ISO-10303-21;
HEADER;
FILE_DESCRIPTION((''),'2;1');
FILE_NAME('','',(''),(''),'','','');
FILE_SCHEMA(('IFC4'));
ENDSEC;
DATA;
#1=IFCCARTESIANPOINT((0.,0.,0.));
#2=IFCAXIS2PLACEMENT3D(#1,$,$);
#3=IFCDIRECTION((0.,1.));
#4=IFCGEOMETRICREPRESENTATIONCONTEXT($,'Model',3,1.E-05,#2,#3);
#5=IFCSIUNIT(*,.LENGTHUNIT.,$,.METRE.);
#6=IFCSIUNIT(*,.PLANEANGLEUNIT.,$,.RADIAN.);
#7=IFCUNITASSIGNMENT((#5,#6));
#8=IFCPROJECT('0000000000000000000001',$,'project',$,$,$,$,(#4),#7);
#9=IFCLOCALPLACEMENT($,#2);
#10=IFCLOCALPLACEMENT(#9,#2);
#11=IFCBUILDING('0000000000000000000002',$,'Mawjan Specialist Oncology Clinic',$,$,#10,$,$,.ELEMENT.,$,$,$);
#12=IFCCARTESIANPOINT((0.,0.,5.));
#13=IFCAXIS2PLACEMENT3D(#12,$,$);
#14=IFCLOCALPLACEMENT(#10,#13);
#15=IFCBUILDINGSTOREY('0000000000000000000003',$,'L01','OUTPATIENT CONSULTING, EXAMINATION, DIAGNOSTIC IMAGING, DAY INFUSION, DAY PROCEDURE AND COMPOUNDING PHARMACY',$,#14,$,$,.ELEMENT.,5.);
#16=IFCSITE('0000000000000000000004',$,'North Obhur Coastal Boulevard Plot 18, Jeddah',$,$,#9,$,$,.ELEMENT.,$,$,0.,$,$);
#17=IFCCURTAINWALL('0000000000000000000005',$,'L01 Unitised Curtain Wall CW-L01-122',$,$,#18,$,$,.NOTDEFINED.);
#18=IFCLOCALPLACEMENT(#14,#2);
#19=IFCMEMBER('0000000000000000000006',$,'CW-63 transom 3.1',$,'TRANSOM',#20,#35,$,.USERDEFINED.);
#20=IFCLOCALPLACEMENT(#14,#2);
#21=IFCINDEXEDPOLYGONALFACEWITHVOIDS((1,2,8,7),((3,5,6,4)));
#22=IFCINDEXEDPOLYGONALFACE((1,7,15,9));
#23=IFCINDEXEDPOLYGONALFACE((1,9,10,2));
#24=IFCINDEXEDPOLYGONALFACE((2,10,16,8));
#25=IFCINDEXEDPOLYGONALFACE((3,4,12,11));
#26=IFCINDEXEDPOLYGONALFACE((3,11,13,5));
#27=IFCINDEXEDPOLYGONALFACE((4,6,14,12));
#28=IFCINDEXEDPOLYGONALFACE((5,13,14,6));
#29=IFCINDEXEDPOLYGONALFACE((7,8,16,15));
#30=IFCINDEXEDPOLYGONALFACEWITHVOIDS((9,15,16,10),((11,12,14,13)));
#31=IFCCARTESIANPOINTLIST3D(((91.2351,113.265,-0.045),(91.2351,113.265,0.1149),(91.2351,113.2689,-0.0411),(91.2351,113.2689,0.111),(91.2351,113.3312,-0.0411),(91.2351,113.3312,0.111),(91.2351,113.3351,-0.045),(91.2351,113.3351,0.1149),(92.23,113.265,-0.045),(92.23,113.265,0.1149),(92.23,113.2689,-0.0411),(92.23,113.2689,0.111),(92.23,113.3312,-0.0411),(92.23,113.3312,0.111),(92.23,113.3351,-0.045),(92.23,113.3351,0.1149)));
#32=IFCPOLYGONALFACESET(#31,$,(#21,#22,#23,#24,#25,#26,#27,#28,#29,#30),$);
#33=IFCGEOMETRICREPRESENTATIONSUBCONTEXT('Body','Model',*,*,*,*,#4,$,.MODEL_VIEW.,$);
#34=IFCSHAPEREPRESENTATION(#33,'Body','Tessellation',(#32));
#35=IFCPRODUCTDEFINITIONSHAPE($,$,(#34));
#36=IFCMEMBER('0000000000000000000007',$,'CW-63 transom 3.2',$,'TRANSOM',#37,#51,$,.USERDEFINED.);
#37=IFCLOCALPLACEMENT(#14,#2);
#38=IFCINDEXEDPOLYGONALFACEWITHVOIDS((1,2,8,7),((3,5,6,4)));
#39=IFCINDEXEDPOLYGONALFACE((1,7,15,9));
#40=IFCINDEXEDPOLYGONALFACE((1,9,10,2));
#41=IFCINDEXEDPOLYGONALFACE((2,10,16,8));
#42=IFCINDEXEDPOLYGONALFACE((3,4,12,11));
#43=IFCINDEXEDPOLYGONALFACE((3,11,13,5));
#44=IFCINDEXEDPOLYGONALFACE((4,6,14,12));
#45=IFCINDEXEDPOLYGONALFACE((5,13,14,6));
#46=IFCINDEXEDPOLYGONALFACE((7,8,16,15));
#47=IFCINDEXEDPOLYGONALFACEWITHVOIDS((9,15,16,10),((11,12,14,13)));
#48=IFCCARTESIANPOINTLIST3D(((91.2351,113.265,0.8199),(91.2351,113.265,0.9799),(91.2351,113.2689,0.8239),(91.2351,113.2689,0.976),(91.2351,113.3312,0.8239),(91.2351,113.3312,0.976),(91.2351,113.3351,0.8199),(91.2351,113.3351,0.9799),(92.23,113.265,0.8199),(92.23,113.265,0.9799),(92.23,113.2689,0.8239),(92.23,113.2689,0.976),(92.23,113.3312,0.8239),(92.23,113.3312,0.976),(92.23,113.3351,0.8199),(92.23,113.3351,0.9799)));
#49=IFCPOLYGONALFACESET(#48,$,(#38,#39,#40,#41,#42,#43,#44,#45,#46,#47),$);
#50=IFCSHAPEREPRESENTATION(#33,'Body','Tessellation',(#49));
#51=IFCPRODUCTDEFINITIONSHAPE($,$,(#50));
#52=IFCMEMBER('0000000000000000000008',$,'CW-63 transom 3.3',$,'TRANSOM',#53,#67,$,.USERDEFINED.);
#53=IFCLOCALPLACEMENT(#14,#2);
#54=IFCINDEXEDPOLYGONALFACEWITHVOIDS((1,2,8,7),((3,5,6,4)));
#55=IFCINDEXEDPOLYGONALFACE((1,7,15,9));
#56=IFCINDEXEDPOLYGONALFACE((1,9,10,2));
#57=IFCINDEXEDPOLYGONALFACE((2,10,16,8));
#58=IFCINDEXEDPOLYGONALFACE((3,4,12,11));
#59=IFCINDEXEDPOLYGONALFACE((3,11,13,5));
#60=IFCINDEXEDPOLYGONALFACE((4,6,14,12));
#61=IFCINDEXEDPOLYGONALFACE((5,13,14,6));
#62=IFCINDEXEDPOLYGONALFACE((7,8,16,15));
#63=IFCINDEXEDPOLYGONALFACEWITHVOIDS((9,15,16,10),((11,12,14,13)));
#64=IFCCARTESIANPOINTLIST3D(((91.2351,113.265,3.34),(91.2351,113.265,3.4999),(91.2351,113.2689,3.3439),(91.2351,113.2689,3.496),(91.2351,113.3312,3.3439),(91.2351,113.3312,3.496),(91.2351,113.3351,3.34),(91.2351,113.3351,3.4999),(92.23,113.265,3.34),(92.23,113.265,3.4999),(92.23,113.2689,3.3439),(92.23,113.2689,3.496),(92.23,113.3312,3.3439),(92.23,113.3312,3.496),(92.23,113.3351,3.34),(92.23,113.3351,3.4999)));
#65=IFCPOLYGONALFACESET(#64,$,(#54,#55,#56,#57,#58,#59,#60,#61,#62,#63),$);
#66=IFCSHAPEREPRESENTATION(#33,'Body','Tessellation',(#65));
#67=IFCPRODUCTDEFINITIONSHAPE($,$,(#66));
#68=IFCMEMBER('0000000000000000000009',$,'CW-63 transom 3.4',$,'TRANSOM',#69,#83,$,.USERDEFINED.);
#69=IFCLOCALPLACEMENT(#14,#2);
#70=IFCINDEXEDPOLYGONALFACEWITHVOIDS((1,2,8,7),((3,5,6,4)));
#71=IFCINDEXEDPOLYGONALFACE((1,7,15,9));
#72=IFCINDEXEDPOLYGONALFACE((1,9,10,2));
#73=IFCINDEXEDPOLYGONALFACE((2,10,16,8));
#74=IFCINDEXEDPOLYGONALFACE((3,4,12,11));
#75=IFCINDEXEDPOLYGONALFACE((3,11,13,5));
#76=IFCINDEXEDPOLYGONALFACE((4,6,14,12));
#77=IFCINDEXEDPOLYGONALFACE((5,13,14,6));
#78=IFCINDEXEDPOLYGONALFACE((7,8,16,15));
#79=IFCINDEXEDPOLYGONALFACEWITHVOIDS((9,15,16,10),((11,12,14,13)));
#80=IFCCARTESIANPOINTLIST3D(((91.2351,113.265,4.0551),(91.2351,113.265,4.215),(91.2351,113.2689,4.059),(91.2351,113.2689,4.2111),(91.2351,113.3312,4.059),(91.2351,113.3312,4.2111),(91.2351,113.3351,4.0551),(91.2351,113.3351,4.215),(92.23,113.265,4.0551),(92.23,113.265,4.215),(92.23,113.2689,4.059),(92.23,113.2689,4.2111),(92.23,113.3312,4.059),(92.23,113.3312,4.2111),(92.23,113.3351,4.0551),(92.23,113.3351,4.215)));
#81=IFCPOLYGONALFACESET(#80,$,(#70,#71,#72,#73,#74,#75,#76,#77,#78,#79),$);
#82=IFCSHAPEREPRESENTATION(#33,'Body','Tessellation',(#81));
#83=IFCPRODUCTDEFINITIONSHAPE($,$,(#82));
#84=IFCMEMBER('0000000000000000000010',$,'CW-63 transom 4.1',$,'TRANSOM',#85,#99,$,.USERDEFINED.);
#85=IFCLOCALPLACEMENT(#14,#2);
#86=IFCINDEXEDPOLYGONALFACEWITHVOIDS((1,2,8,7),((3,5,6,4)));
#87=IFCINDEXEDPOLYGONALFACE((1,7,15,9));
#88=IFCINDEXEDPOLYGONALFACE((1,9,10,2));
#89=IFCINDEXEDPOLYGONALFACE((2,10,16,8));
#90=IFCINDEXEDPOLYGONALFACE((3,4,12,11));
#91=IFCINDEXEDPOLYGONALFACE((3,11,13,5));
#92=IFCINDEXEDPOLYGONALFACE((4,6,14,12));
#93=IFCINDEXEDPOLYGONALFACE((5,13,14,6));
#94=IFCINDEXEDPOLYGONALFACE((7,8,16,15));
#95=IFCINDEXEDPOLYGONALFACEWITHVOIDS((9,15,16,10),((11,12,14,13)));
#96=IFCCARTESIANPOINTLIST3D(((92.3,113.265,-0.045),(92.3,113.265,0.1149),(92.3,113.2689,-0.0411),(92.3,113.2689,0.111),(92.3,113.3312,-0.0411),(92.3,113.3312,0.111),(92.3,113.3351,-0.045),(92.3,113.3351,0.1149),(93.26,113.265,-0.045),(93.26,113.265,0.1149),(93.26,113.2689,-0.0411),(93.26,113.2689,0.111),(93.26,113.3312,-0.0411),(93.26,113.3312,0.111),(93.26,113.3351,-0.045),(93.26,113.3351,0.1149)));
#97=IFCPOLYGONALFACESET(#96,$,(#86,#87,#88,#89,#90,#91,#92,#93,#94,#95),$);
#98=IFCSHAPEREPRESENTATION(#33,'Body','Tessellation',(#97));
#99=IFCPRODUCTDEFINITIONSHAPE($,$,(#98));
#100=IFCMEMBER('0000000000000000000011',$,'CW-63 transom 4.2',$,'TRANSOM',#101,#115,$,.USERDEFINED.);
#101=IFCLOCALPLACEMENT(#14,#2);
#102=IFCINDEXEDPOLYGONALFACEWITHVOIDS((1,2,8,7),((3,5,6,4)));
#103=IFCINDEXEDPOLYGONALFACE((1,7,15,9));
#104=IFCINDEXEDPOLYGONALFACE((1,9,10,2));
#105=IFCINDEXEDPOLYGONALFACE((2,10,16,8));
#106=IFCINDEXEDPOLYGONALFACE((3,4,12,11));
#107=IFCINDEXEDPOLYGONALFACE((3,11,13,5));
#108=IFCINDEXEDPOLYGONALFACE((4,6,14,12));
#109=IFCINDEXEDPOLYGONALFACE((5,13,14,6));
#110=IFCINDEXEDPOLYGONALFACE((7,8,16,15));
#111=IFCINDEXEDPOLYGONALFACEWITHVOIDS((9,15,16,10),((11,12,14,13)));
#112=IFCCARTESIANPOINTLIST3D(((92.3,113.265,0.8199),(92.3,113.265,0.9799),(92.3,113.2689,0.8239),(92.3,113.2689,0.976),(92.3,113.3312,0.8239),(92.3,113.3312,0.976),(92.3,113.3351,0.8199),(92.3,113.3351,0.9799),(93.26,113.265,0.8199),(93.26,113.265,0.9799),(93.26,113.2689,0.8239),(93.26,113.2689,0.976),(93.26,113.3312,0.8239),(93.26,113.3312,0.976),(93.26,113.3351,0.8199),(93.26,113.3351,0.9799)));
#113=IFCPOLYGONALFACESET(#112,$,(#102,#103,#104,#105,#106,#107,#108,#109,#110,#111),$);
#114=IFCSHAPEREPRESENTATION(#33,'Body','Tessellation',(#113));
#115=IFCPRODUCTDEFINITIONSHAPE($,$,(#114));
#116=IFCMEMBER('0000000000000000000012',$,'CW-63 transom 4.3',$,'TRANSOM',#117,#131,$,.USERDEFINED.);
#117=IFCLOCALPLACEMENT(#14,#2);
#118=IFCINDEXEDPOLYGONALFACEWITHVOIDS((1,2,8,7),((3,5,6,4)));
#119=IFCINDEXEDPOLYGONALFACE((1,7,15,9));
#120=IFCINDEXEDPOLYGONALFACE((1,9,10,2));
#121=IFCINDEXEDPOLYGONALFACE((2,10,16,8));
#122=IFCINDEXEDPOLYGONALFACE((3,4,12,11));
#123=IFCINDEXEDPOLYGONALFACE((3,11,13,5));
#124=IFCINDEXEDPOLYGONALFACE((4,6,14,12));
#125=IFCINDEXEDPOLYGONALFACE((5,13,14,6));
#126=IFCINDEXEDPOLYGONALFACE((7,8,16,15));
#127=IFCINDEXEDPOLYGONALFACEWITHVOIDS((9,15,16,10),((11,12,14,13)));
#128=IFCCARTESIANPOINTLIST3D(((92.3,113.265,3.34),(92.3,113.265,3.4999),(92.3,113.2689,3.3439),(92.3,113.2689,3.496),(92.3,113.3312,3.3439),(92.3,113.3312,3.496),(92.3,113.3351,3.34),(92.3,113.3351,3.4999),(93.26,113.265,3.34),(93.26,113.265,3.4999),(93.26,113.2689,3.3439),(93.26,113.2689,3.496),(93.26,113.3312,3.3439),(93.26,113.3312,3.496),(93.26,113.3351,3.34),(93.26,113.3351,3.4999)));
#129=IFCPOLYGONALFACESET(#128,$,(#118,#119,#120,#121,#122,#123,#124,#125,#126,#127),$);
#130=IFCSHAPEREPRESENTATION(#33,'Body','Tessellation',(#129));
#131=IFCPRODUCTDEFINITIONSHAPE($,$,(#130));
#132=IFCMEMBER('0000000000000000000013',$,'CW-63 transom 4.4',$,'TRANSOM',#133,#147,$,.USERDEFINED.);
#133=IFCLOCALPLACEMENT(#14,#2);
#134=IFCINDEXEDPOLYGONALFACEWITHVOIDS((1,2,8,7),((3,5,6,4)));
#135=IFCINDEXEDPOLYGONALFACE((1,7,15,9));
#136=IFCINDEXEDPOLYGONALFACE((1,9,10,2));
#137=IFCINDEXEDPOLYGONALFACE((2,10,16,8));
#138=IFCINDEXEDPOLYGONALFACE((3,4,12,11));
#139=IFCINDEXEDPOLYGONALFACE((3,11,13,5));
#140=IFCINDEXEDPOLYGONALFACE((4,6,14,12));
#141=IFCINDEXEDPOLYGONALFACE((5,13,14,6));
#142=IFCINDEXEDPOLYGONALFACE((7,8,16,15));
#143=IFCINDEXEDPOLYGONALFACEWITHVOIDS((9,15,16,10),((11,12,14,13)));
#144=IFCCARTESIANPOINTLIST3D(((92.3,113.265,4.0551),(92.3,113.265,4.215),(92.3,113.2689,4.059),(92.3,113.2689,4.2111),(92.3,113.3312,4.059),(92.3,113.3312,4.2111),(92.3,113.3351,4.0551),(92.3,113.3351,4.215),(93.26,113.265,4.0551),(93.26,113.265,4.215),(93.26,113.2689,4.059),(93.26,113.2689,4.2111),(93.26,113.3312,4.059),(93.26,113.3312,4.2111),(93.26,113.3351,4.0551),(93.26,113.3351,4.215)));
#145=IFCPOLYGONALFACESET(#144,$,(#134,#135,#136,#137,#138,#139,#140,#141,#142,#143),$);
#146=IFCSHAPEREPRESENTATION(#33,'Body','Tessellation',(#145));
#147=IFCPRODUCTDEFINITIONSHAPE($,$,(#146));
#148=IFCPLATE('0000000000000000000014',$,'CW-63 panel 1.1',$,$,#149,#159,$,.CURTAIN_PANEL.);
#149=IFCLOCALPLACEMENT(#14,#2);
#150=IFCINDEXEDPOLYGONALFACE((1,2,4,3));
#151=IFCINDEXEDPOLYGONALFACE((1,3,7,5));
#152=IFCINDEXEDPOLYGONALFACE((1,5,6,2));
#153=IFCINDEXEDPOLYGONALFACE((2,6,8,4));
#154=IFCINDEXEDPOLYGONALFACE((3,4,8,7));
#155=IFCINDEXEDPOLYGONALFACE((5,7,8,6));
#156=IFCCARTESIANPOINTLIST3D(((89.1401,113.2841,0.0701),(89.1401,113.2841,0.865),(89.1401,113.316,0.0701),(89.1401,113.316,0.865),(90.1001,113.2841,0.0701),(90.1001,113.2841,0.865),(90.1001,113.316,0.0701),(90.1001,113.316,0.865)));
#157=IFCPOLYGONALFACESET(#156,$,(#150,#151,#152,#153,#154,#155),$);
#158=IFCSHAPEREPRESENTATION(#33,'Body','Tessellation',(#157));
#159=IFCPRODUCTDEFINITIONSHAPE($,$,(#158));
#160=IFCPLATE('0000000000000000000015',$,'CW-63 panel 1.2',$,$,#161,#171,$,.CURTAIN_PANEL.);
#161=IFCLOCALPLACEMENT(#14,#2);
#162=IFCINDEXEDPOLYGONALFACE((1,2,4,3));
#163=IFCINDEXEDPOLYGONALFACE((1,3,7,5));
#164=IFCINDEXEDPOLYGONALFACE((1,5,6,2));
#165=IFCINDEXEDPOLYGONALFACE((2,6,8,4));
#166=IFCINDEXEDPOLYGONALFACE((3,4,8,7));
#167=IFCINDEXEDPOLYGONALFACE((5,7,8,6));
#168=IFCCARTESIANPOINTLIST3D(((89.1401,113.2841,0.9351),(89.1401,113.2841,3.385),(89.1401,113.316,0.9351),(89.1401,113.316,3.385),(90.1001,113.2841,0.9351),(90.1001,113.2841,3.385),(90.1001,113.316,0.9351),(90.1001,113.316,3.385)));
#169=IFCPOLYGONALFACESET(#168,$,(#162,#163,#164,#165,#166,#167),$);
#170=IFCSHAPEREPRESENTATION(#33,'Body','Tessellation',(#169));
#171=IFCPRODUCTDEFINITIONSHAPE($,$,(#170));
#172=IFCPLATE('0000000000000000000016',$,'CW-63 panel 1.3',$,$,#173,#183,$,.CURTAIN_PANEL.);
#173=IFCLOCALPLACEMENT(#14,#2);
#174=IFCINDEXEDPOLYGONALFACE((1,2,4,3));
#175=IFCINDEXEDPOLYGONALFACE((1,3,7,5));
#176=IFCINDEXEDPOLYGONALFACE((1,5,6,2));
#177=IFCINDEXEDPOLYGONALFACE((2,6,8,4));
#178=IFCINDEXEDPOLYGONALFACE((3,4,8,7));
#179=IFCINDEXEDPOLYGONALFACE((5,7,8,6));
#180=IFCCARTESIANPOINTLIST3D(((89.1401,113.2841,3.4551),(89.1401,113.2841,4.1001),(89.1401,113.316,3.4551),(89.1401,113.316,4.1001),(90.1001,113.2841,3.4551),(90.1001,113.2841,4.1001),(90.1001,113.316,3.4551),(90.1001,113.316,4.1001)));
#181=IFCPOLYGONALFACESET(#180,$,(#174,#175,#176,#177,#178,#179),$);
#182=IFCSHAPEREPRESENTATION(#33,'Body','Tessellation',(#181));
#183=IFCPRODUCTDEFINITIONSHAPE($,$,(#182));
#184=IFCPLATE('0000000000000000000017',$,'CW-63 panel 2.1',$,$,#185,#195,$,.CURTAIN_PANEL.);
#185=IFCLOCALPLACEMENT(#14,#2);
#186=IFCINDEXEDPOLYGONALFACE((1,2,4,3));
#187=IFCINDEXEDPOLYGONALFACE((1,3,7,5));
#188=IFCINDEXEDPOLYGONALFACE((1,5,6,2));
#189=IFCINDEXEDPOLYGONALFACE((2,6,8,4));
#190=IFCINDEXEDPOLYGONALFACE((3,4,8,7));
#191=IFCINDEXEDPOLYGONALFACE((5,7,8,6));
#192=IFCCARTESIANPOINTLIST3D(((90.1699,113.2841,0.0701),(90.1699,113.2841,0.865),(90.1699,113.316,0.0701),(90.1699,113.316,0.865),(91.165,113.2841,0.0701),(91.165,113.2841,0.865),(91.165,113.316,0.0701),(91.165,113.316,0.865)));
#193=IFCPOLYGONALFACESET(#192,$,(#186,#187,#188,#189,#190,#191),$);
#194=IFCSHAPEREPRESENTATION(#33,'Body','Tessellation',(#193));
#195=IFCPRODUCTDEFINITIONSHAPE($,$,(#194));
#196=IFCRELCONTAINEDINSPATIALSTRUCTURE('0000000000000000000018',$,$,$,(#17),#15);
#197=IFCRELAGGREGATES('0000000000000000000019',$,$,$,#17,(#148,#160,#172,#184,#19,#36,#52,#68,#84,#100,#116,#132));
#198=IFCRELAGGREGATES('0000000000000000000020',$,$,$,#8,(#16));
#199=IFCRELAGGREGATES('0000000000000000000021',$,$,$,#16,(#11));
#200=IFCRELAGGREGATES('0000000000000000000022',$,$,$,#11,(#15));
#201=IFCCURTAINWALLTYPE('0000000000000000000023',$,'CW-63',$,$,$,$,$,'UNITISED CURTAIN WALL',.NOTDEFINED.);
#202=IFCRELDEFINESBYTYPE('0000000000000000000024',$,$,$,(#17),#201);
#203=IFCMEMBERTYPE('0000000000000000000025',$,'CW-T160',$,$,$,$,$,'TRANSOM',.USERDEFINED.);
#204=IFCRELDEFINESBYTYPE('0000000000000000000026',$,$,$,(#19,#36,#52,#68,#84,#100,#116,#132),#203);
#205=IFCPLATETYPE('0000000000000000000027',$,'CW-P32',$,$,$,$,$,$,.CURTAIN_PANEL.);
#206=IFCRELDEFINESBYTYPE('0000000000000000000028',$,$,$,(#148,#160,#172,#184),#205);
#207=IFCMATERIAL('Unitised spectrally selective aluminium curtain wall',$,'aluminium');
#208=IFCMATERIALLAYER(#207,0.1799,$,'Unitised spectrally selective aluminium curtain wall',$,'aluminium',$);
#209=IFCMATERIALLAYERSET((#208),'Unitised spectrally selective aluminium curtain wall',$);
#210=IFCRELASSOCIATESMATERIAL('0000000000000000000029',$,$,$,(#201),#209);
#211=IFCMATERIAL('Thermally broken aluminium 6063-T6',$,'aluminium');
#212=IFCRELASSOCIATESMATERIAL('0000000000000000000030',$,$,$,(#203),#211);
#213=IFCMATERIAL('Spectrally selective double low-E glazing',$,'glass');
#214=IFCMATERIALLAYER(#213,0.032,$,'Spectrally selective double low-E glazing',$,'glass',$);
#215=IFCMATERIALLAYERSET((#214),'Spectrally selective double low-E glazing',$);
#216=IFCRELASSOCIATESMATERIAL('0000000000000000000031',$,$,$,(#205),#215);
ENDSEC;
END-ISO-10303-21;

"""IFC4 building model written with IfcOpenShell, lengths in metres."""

from ifc_helpers import new_model, si_unit, direction, frame, origin, origin_2d, place, context, subcontext, project, spatial, rectangle, hollow_rectangle, extrude, material, layer, layer_set, material_profile, profile_set, type_object, element, aggregate, save


model = new_model("IFC4")

# Units and contexts
model_context = context("Model", 3, precision=1e-05, world=origin(), true_north=direction((0.0, 1.0)))
body_context = subcontext(model_context, "Body", "Model", "MODEL_VIEW")
ifc_project = project(units=[si_unit("LENGTHUNIT", "METRE"), si_unit("PLANEANGLEUNIT", "RADIAN")], contexts=[model_context])

# Site, building, storey
site_placement = place(None, origin())
site = spatial("IfcSite", under=ifc_project, at=site_placement, Name="North Obhur Coastal Boulevard Plot 18, Jeddah", CompositionType="ELEMENT", RefElevation=0.0)
building_placement = place(site_placement, origin())
building = spatial("IfcBuilding", under=site, at=building_placement, Name="Mawjan Specialist Oncology Clinic", CompositionType="ELEMENT")
storey_placement = place(building_placement, frame((0.0, 0.0, 5.0)))
storey = spatial("IfcBuildingStorey", under=building, at=storey_placement, Name="L01", Description="OUTPATIENT CONSULTING, EXAMINATION, DIAGNOSTIC IMAGING, DAY INFUSION, DAY PROCEDURE AND COMPOUNDING PHARMACY", CompositionType="ELEMENT", Elevation=5.0)

# Curtain wall, members, plates
ifc_material_1 = material(Name="Unitised spectrally selective aluminium curtain wall", Category="aluminium")
ifc_layer_1 = layer(ifc_material_1, 0.1799, Name="Unitised spectrally selective aluminium curtain wall", Category="aluminium")
ifc_layer_set_1 = layer_set([ifc_layer_1], Name="Unitised spectrally selective aluminium curtain wall")
curtain_wall_type = type_object("IfcCurtainWallType", Name="CW-63", ElementType="UNITISED CURTAIN WALL", PredefinedType="NOTDEFINED", material=ifc_layer_set_1)
curtain_wall_placement = place(storey_placement, origin())
curtain_wall = element("IfcCurtainWall", 1, at=curtain_wall_placement, inside=storey, type_object=curtain_wall_type, Name="L01 Unitised Curtain Wall CW-L01-122", PredefinedType="NOTDEFINED")
ifc_material_2 = material(Name="Thermally broken aluminium 6063-T6", Category="aluminium")
ifc_material_profile_1 = material_profile(ifc_material_2, hollow_rectangle(XDim=0.0701, YDim=0.1599, WallThickness=0.0039, at=origin_2d()), Name="ALU TRANSOM 160x70x4", Category="aluminium")
ifc_profile_set_1 = profile_set([ifc_material_profile_1], Name="Thermally broken aluminium 6063-T6")
member_type_1 = type_object("IfcMemberType", Name="CW-T160", ElementType="TRANSOM", PredefinedType="USERDEFINED", material=ifc_profile_set_1)
member_1_placement = place(storey_placement, frame((91.2351, 113.3, 0.0349), z_axis=(1.0, 0.0, 0.0), x_axis=(0.0, 1.0, 0.0)))
member_1 = element("IfcMember", 2, at=member_1_placement, type_object=member_type_1, Name="CW-63 transom 3.1", ObjectType="TRANSOM", PredefinedType="USERDEFINED", context=body_context, shape_type="SweptSolid", body=[
    extrude(hollow_rectangle(XDim=0.0701, YDim=0.1599, WallThickness=0.0039, at=origin_2d()), origin(), (0.0, 0.0, 1.0), 0.9949),
])
member_2_placement = place(storey_placement, frame((91.2351, 113.3, 0.8999), z_axis=(1.0, 0.0, 0.0), x_axis=(0.0, 1.0, 0.0)))
member_2 = element("IfcMember", 3, at=member_2_placement, type_object=member_type_1, Name="CW-63 transom 3.2", ObjectType="TRANSOM", PredefinedType="USERDEFINED", context=body_context, shape_type="SweptSolid", body=[
    extrude(hollow_rectangle(XDim=0.0701, YDim=0.1599, WallThickness=0.0039, at=origin_2d()), origin(), (0.0, 0.0, 1.0), 0.9949),
])
member_3_placement = place(storey_placement, frame((91.2351, 113.3, 3.4199), z_axis=(1.0, 0.0, 0.0), x_axis=(0.0, 1.0, 0.0)))
member_3 = element("IfcMember", 4, at=member_3_placement, type_object=member_type_1, Name="CW-63 transom 3.3", ObjectType="TRANSOM", PredefinedType="USERDEFINED", context=body_context, shape_type="SweptSolid", body=[
    extrude(hollow_rectangle(XDim=0.0701, YDim=0.1599, WallThickness=0.0039, at=origin_2d()), origin(), (0.0, 0.0, 1.0), 0.9949),
])
member_4_placement = place(storey_placement, frame((91.2351, 113.3, 4.135), z_axis=(1.0, 0.0, 0.0), x_axis=(0.0, 1.0, 0.0)))
member_4 = element("IfcMember", 5, at=member_4_placement, type_object=member_type_1, Name="CW-63 transom 3.4", ObjectType="TRANSOM", PredefinedType="USERDEFINED", context=body_context, shape_type="SweptSolid", body=[
    extrude(hollow_rectangle(XDim=0.0701, YDim=0.1599, WallThickness=0.0039, at=origin_2d()), origin(), (0.0, 0.0, 1.0), 0.9949),
])
member_5_placement = place(storey_placement, frame((92.3, 113.3, 0.0349), z_axis=(1.0, 0.0, 0.0), x_axis=(0.0, 1.0, 0.0)))
member_5 = element("IfcMember", 6, at=member_5_placement, type_object=member_type_1, Name="CW-63 transom 4.1", ObjectType="TRANSOM", PredefinedType="USERDEFINED", context=body_context, shape_type="SweptSolid", body=[
    extrude(hollow_rectangle(XDim=0.0701, YDim=0.1599, WallThickness=0.0039, at=origin_2d()), origin(), (0.0, 0.0, 1.0), 0.96),
])
member_6_placement = place(storey_placement, frame((92.3, 113.3, 0.8999), z_axis=(1.0, 0.0, 0.0), x_axis=(0.0, 1.0, 0.0)))
member_6 = element("IfcMember", 7, at=member_6_placement, type_object=member_type_1, Name="CW-63 transom 4.2", ObjectType="TRANSOM", PredefinedType="USERDEFINED", context=body_context, shape_type="SweptSolid", body=[
    extrude(hollow_rectangle(XDim=0.0701, YDim=0.1599, WallThickness=0.0039, at=origin_2d()), origin(), (0.0, 0.0, 1.0), 0.96),
])
member_7_placement = place(storey_placement, frame((92.3, 113.3, 3.4199), z_axis=(1.0, 0.0, 0.0), x_axis=(0.0, 1.0, 0.0)))
member_7 = element("IfcMember", 8, at=member_7_placement, type_object=member_type_1, Name="CW-63 transom 4.3", ObjectType="TRANSOM", PredefinedType="USERDEFINED", context=body_context, shape_type="SweptSolid", body=[
    extrude(hollow_rectangle(XDim=0.0701, YDim=0.1599, WallThickness=0.0039, at=origin_2d()), origin(), (0.0, 0.0, 1.0), 0.96),
])
member_8_placement = place(storey_placement, frame((92.3, 113.3, 4.135), z_axis=(1.0, 0.0, 0.0), x_axis=(0.0, 1.0, 0.0)))
member_8 = element("IfcMember", 9, at=member_8_placement, type_object=member_type_1, Name="CW-63 transom 4.4", ObjectType="TRANSOM", PredefinedType="USERDEFINED", context=body_context, shape_type="SweptSolid", body=[
    extrude(hollow_rectangle(XDim=0.0701, YDim=0.1599, WallThickness=0.0039, at=origin_2d()), origin(), (0.0, 0.0, 1.0), 0.96),
])
ifc_material_3 = material(Name="Spectrally selective double low-E glazing", Category="glass")
ifc_layer_2 = layer(ifc_material_3, 0.032, Name="Spectrally selective double low-E glazing", Category="glass")
ifc_layer_set_2 = layer_set([ifc_layer_2], Name="Spectrally selective double low-E glazing")
plate_type = type_object("IfcPlateType", Name="CW-P32", PredefinedType="CURTAIN_PANEL", material=ifc_layer_set_2)
plate_1_placement = place(storey_placement, frame((89.6201, 113.3, 0.0701), z_axis=(0.0, 0.0, 1.0), x_axis=(1.0, 0.0, 0.0)))
plate_1 = element("IfcPlate", 10, at=plate_1_placement, type_object=plate_type, Name="CW-63 panel 1.1", PredefinedType="CURTAIN_PANEL", context=body_context, shape_type="SweptSolid", body=[
    extrude(rectangle(XDim=0.96, YDim=0.032, at=origin_2d()), origin(), (0.0, 0.0, 1.0), 0.7949),
])
plate_2_placement = place(storey_placement, frame((89.6201, 113.3, 0.9351), z_axis=(0.0, 0.0, 1.0), x_axis=(1.0, 0.0, 0.0)))
plate_2 = element("IfcPlate", 11, at=plate_2_placement, type_object=plate_type, Name="CW-63 panel 1.2", PredefinedType="CURTAIN_PANEL", context=body_context, shape_type="SweptSolid", body=[
    extrude(rectangle(XDim=0.96, YDim=0.032, at=origin_2d()), origin(), (0.0, 0.0, 1.0), 2.45),
])
plate_3_placement = place(storey_placement, frame((89.6201, 113.3, 3.4551), z_axis=(0.0, 0.0, 1.0), x_axis=(1.0, 0.0, 0.0)))
plate_3 = element("IfcPlate", 12, at=plate_3_placement, type_object=plate_type, Name="CW-63 panel 1.3", PredefinedType="CURTAIN_PANEL", context=body_context, shape_type="SweptSolid", body=[
    extrude(rectangle(XDim=0.96, YDim=0.032, at=origin_2d()), origin(), (0.0, 0.0, 1.0), 0.645),
])
plate_4_placement = place(storey_placement, frame((90.6675, 113.3, 0.0701), z_axis=(0.0, 0.0, 1.0), x_axis=(1.0, 0.0, 0.0)))
plate_4 = element("IfcPlate", 13, at=plate_4_placement, type_object=plate_type, Name="CW-63 panel 2.1", PredefinedType="CURTAIN_PANEL", context=body_context, shape_type="SweptSolid", body=[
    extrude(rectangle(XDim=0.9951, YDim=0.032, at=origin_2d()), origin(), (0.0, 0.0, 1.0), 0.7949),
])
aggregate(curtain_wall, [plate_1, plate_2, plate_3, plate_4, member_1, member_2, member_3, member_4, member_5, member_6, member_7, member_8])

save(model, "model.ifc")
